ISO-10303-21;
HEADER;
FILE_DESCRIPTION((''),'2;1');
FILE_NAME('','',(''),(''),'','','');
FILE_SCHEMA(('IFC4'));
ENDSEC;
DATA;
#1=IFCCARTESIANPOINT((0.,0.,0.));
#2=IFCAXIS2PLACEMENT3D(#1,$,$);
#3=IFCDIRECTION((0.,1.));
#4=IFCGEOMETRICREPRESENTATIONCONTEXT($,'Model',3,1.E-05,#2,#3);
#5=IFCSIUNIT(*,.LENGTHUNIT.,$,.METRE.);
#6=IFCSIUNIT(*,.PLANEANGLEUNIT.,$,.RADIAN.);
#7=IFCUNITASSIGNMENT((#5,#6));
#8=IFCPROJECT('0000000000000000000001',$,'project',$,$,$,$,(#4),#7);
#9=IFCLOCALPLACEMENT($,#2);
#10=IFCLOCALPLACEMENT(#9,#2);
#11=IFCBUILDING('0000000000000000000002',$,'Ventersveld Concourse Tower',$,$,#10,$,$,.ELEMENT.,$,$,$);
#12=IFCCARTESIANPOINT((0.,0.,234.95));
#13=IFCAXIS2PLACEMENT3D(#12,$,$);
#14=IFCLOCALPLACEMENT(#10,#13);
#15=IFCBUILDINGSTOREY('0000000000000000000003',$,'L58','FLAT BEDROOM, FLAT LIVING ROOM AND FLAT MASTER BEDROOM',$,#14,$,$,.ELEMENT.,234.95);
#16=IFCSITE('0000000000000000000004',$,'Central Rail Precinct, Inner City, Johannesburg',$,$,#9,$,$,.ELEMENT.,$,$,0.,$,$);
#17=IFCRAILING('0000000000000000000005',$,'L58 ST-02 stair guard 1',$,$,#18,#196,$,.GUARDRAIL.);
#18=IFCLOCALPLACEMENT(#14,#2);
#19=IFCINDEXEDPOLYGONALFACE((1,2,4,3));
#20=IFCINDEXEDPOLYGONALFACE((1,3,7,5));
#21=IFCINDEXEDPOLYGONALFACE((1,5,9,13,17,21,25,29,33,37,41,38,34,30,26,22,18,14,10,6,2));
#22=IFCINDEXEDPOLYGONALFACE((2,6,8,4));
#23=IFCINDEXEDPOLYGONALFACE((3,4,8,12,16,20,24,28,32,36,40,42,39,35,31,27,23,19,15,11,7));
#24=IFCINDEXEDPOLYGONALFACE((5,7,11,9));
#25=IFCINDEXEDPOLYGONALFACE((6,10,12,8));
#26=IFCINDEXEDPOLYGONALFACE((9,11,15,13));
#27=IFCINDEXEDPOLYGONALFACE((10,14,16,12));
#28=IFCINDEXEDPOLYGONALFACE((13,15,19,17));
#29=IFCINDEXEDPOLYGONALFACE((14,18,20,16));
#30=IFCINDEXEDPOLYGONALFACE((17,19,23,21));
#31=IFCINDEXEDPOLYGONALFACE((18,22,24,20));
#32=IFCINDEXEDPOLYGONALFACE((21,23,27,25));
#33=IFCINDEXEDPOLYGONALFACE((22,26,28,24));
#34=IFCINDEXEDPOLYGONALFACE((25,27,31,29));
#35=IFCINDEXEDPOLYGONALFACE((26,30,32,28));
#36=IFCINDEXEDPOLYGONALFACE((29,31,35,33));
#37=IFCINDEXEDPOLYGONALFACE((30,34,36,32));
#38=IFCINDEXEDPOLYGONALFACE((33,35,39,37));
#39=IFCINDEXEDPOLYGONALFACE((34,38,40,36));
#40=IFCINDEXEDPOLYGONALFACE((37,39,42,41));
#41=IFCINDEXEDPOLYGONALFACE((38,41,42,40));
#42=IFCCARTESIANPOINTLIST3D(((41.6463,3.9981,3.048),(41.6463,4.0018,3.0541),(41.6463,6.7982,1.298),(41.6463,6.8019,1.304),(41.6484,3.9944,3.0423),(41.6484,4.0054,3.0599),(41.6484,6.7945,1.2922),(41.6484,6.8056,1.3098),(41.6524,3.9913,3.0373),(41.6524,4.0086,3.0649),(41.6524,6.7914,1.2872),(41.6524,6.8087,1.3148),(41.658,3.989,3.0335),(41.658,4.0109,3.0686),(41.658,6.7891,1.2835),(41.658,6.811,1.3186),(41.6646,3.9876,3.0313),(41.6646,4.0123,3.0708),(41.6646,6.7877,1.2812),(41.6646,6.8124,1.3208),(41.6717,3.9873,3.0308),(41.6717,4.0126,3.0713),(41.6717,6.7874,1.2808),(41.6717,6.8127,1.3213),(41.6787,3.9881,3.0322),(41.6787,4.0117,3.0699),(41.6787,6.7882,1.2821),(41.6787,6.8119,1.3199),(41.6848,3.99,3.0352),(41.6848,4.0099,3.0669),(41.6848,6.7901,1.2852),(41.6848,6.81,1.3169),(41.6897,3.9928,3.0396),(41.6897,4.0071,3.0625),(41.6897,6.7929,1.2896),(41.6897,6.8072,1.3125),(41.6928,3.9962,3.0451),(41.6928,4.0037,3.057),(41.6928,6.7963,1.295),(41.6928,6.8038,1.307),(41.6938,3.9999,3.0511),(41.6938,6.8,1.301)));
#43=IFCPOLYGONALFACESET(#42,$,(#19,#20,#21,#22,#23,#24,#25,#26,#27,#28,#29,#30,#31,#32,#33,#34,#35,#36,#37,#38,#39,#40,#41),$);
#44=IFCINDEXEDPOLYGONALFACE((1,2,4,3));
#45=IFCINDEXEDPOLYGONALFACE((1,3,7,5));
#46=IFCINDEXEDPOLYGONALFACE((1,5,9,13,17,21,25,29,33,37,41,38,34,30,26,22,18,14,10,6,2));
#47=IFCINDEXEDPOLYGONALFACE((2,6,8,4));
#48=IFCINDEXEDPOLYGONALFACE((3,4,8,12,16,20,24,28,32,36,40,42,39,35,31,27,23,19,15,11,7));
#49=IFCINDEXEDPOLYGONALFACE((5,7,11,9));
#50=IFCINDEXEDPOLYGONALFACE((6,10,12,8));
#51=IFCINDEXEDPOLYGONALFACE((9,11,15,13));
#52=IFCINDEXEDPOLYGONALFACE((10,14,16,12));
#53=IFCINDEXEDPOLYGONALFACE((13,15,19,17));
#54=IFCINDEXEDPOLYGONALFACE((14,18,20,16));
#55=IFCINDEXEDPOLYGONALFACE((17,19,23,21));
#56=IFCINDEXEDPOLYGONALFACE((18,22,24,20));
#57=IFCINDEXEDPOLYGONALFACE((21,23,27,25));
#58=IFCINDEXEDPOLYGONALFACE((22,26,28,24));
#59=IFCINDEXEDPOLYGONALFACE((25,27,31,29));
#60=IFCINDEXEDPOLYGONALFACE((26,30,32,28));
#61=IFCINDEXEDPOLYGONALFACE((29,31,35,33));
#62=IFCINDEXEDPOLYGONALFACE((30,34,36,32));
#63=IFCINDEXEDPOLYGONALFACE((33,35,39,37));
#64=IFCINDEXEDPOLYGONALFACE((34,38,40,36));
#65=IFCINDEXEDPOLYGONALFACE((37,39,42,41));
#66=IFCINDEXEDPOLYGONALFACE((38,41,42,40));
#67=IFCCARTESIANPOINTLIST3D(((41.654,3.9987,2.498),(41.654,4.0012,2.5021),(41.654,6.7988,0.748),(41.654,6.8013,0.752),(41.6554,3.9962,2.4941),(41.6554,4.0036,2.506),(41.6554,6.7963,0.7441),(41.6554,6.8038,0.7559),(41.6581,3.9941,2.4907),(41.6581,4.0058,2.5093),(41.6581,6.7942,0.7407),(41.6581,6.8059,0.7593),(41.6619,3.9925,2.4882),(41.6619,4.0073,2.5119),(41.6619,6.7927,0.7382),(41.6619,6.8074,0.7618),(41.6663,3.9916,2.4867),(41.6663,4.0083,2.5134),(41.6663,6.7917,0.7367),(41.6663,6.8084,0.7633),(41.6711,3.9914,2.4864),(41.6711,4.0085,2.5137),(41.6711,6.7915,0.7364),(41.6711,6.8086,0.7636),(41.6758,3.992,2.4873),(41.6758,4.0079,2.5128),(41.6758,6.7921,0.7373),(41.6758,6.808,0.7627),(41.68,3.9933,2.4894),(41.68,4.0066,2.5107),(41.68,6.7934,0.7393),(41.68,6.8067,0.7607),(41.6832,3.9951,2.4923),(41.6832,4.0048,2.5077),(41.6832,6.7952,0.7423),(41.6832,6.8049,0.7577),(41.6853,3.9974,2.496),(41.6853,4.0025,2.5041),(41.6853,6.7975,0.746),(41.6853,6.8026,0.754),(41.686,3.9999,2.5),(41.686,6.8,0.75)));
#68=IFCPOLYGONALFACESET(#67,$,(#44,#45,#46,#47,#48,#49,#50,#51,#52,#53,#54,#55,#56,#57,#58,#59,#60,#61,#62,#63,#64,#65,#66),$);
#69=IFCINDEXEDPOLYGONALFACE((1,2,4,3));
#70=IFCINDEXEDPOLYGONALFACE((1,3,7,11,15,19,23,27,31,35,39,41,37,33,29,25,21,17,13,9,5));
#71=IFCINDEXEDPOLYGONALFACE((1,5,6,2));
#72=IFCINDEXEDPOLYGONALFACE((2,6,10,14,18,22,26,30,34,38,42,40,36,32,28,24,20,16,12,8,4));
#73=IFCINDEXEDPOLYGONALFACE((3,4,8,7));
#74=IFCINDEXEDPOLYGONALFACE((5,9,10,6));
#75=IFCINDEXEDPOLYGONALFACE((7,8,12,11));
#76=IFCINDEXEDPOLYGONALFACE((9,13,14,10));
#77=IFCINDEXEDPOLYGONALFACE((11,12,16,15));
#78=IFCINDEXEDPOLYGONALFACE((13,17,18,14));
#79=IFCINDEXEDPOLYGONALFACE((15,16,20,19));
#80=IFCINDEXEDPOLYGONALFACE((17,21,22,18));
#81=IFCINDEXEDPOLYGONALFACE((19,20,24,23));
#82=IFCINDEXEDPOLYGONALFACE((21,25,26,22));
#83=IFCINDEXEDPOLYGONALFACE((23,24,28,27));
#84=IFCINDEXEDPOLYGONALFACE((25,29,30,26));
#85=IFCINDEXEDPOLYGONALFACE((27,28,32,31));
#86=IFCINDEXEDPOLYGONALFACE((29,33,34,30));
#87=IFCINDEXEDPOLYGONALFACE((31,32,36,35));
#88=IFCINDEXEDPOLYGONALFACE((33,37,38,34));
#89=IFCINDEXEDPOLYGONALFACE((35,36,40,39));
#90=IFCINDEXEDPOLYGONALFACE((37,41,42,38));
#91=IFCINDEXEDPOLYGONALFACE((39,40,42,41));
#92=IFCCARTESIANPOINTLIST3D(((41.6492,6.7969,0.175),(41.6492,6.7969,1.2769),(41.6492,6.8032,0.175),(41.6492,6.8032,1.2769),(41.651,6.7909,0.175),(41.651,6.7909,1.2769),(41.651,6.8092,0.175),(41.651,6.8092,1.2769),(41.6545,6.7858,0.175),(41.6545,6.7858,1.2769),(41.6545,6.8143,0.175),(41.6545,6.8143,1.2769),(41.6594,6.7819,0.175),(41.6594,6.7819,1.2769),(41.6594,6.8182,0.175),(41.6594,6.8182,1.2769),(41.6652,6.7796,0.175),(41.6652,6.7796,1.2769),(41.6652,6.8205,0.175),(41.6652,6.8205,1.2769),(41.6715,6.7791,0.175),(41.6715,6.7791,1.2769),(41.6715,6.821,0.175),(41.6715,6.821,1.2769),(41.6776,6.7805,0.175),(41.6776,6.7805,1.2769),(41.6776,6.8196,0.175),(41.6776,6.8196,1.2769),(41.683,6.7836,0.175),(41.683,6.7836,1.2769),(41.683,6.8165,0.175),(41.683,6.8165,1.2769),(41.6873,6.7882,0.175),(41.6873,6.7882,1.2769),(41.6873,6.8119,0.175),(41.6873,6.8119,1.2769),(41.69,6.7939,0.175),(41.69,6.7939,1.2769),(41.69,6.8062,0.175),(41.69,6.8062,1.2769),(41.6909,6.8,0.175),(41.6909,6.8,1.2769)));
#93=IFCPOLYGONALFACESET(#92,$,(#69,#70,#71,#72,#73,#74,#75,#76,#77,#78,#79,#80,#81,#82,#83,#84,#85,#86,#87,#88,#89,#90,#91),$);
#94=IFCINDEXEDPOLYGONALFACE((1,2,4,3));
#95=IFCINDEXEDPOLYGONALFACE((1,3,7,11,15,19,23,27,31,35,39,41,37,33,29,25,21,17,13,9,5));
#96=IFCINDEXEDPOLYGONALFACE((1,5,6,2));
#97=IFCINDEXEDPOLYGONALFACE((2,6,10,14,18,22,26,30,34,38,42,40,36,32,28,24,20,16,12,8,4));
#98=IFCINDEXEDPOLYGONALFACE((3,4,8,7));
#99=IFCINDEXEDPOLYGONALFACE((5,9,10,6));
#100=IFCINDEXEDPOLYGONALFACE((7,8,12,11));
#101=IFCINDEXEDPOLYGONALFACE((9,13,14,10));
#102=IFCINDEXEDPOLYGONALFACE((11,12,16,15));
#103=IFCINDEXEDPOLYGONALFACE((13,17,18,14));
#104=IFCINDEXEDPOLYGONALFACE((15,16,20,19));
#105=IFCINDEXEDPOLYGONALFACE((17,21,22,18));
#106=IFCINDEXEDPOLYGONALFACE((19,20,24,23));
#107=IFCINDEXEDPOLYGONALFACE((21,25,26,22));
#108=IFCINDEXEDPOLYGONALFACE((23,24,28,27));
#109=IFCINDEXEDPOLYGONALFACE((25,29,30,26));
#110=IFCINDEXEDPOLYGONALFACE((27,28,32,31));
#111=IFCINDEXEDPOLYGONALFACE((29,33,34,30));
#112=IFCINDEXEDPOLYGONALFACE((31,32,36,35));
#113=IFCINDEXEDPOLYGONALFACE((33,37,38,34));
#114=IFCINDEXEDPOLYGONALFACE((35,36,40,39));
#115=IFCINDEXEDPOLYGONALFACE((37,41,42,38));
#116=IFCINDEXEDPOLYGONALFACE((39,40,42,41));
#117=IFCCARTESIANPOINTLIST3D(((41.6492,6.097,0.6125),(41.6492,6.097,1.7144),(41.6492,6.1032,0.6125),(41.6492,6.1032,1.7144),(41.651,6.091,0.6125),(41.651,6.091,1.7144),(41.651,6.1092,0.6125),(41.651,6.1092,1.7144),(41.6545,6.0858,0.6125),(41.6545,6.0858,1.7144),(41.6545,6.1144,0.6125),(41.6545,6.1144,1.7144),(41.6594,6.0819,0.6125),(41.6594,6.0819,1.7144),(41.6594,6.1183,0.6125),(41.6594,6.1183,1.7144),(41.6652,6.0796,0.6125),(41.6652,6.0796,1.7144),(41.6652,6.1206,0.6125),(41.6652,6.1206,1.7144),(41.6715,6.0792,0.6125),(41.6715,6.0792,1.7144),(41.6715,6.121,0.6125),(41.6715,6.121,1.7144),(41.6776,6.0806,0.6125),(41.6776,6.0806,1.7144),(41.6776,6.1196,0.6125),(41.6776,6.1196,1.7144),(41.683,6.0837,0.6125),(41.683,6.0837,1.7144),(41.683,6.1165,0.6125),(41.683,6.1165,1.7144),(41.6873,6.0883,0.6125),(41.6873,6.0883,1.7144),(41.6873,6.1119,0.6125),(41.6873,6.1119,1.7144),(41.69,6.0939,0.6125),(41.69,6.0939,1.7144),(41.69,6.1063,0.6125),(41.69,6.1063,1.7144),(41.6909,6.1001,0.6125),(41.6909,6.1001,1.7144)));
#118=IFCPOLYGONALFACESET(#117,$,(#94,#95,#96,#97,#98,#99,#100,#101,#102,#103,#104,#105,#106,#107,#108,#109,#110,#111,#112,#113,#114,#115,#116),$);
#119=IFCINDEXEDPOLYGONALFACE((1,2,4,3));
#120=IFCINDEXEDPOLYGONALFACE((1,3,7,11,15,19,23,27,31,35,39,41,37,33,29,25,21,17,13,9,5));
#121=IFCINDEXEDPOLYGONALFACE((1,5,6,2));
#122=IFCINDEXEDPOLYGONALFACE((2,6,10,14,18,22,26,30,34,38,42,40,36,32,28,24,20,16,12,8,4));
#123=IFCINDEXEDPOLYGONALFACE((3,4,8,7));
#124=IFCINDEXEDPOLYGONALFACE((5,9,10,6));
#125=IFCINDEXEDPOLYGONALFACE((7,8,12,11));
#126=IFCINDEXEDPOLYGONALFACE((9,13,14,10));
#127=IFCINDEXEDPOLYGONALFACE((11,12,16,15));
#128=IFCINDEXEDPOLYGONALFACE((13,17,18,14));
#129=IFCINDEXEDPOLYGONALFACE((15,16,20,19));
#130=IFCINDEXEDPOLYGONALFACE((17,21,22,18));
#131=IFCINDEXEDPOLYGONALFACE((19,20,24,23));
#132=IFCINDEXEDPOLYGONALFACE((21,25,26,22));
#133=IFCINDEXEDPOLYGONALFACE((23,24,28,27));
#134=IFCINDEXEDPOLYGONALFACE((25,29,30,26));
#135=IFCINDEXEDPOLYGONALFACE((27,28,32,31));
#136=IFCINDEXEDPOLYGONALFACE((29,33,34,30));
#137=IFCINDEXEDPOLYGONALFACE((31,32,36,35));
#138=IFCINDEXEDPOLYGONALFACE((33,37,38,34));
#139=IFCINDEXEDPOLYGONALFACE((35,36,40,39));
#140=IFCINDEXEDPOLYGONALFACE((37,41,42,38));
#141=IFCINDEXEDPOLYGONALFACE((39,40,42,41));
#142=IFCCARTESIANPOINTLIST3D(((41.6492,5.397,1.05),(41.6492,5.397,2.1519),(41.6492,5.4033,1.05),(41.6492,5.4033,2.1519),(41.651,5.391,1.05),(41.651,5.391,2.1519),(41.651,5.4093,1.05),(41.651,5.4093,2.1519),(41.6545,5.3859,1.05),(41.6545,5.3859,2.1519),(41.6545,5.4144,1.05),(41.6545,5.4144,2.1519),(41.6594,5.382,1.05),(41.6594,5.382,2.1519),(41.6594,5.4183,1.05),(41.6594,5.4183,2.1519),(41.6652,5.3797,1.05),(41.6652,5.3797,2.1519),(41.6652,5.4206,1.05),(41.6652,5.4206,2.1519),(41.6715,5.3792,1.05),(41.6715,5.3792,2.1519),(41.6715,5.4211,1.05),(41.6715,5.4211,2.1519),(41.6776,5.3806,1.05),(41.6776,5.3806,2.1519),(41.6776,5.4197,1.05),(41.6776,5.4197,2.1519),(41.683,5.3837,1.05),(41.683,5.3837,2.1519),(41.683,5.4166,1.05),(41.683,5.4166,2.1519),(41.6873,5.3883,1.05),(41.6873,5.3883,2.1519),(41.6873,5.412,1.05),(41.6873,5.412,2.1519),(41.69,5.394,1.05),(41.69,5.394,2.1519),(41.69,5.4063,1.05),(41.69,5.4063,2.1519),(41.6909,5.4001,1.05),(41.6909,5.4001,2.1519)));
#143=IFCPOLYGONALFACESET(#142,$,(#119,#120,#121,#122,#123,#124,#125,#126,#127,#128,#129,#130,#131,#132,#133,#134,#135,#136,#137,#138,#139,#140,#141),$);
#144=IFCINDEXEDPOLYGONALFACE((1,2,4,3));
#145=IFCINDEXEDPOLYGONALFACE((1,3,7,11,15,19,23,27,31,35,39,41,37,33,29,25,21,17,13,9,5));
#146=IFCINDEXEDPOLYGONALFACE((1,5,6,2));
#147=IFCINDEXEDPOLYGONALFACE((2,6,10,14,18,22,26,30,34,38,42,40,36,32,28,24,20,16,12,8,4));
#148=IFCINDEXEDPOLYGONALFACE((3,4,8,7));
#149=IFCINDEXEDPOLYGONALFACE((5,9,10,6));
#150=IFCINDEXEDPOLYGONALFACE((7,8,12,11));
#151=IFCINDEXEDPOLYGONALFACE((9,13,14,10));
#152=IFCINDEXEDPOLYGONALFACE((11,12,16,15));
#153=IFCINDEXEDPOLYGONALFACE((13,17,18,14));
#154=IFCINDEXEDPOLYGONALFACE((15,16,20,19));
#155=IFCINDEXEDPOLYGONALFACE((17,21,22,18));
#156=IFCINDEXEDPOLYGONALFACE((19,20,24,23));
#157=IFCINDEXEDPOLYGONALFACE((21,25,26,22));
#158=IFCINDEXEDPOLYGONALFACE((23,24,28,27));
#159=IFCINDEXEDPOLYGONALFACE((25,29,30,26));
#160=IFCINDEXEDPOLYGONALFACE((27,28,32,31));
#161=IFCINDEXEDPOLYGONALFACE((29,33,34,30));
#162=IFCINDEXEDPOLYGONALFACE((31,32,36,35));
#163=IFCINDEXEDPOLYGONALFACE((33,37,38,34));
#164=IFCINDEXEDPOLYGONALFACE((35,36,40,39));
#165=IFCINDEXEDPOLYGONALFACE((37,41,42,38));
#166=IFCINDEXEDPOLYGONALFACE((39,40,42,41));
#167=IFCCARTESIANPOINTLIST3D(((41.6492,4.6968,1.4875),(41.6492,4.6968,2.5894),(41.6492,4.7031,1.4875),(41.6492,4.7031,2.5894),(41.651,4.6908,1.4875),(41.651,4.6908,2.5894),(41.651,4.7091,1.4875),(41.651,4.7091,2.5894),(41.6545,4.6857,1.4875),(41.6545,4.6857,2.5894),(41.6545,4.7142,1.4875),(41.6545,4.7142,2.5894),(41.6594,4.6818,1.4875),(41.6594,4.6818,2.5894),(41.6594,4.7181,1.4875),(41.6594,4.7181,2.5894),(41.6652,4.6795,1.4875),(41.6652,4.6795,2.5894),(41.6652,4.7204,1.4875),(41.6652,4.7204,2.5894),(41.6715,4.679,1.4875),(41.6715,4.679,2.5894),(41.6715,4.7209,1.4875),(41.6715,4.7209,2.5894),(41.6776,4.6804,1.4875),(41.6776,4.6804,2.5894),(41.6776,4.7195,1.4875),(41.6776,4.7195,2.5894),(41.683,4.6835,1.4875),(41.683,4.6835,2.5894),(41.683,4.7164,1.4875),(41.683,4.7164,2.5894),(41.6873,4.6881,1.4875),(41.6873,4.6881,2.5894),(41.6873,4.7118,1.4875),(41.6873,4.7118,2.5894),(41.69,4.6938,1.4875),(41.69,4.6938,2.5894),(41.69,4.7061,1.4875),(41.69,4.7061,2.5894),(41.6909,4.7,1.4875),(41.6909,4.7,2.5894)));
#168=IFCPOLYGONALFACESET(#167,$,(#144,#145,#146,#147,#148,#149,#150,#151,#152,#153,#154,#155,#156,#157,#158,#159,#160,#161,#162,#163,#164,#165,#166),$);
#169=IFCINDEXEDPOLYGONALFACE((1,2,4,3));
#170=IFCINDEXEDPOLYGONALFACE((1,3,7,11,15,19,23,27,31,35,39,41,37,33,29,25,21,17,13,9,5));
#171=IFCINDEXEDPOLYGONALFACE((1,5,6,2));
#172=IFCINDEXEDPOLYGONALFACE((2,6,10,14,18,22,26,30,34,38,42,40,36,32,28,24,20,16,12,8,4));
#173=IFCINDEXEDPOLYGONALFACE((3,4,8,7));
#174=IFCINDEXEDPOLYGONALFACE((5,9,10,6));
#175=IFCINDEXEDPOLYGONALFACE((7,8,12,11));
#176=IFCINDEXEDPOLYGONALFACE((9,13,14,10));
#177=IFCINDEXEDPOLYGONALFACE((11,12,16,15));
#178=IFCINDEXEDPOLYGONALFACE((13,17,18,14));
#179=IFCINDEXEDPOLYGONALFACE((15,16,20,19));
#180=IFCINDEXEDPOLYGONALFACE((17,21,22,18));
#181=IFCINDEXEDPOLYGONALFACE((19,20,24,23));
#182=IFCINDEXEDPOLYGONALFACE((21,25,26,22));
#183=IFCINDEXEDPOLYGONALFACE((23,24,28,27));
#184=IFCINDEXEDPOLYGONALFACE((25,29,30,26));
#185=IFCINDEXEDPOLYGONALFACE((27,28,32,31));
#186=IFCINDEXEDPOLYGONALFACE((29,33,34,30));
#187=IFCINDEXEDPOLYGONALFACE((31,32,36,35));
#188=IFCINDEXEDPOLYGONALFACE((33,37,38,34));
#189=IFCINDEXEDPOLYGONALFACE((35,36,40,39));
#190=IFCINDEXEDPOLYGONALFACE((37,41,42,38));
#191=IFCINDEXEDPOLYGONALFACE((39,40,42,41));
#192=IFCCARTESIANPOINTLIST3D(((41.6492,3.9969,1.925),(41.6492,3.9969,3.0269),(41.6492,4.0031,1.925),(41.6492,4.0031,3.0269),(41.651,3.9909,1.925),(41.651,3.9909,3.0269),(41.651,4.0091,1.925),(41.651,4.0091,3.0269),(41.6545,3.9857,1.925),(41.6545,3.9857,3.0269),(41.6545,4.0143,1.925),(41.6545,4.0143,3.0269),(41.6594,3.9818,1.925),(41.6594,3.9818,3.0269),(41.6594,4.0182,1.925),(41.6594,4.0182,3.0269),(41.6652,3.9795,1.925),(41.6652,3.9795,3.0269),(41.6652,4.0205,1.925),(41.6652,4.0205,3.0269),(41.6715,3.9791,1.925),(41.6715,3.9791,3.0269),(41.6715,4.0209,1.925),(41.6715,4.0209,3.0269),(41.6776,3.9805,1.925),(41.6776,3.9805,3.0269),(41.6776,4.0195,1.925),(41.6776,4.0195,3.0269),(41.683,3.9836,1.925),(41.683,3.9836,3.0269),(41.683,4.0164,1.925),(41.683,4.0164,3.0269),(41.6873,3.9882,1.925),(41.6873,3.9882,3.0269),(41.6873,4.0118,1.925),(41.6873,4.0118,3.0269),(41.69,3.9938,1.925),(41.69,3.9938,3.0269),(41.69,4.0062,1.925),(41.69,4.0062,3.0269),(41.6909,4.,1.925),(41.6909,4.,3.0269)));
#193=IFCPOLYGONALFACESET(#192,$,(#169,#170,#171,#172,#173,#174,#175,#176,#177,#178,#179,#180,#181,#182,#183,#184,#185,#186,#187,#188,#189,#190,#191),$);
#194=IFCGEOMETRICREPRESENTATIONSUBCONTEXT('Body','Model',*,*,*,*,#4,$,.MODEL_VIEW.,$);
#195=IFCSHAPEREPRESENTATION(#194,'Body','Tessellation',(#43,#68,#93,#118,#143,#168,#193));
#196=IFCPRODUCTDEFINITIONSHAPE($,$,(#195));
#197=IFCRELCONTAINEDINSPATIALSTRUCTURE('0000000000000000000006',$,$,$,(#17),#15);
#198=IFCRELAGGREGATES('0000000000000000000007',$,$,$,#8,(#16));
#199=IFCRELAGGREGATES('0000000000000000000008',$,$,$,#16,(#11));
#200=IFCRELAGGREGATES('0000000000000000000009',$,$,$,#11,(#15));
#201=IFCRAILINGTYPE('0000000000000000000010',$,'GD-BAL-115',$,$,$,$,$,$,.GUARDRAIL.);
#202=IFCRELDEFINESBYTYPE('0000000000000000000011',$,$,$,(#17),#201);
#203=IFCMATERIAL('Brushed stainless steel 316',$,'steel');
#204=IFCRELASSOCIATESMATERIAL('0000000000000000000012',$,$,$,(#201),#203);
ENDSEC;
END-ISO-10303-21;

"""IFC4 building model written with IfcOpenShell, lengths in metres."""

from ifc_helpers import new_model, si_unit, direction, frame, origin, origin_2d, place, context, subcontext, project, spatial, circle, extrude, material, type_object, element, save


model = new_model("IFC4")

# Units and contexts
model_context = context("Model", 3, precision=1e-05, world=origin(), true_north=direction((0.0, 1.0)))
body_context = subcontext(model_context, "Body", "Model", "MODEL_VIEW")
ifc_project = project(units=[si_unit("LENGTHUNIT", "METRE"), si_unit("PLANEANGLEUNIT", "RADIAN")], contexts=[model_context])

# Site, building, storey
site_placement = place(None, origin())
site = spatial("IfcSite", under=ifc_project, at=site_placement, Name="Central Rail Precinct, Inner City, Johannesburg", CompositionType="ELEMENT", RefElevation=0.0)
building_placement = place(site_placement, origin())
building = spatial("IfcBuilding", under=site, at=building_placement, Name="Ventersveld Concourse Tower", CompositionType="ELEMENT")
storey_placement = place(building_placement, frame((0.0, 0.0, 234.95)))
storey = spatial("IfcBuildingStorey", under=building, at=storey_placement, Name="L58", Description="FLAT BEDROOM, FLAT LIVING ROOM AND FLAT MASTER BEDROOM", CompositionType="ELEMENT", Elevation=234.95)

# Shared definitions
ifc_material_1 = material(Name="Brushed stainless steel 316", Category="steel")

# Railing
railing_type_1 = type_object("IfcRailingType", Name="GD-BAL-115", PredefinedType="GUARDRAIL", material=ifc_material_1)
railing_1_placement = place(storey_placement, frame((41.6699, 6.8, 0.175)))
element("IfcRailing", 1, at=railing_1_placement, inside=storey, type_object=railing_type_1, Name="L58 ST-02 stair guard 1", PredefinedType="GUARDRAIL", context=body_context, shape_type="SweptSolid", body=[
    extrude(circle(Radius=0.0239, at=origin_2d()), frame((0.0, 0.0, 1.126), z_axis=(0.0, -0.848002, 0.529992), x_axis=(1.0, 0.0, 0.0)), (0.0, 0.0, 1.0), 3.302),
    extrude(circle(Radius=0.0161, at=origin_2d()), frame((0.0, 0.0, 0.575), z_axis=(0.0, -0.848002, 0.529992), x_axis=(1.0, 0.0, 0.0)), (0.0, 0.0, 1.0), 3.302),
    extrude(circle(Radius=0.021, at=origin_2d()), origin(), (0.0, 0.0, 1.0), 1.1018),
    extrude(circle(Radius=0.021, at=origin_2d()), frame((0.0, -0.7, 0.4375)), (0.0, 0.0, 1.0), 1.1018),
    extrude(circle(Radius=0.021, at=origin_2d()), frame((0.0, -1.3999, 0.875)), (0.0, 0.0, 1.0), 1.1018),
    extrude(circle(Radius=0.021, at=origin_2d()), frame((0.0, -2.1001, 1.3125)), (0.0, 0.0, 1.0), 1.1018),
    extrude(circle(Radius=0.021, at=origin_2d()), frame((0.0, -2.8, 1.75)), (0.0, 0.0, 1.0), 1.1018),
])

save(model, "model.ifc")
